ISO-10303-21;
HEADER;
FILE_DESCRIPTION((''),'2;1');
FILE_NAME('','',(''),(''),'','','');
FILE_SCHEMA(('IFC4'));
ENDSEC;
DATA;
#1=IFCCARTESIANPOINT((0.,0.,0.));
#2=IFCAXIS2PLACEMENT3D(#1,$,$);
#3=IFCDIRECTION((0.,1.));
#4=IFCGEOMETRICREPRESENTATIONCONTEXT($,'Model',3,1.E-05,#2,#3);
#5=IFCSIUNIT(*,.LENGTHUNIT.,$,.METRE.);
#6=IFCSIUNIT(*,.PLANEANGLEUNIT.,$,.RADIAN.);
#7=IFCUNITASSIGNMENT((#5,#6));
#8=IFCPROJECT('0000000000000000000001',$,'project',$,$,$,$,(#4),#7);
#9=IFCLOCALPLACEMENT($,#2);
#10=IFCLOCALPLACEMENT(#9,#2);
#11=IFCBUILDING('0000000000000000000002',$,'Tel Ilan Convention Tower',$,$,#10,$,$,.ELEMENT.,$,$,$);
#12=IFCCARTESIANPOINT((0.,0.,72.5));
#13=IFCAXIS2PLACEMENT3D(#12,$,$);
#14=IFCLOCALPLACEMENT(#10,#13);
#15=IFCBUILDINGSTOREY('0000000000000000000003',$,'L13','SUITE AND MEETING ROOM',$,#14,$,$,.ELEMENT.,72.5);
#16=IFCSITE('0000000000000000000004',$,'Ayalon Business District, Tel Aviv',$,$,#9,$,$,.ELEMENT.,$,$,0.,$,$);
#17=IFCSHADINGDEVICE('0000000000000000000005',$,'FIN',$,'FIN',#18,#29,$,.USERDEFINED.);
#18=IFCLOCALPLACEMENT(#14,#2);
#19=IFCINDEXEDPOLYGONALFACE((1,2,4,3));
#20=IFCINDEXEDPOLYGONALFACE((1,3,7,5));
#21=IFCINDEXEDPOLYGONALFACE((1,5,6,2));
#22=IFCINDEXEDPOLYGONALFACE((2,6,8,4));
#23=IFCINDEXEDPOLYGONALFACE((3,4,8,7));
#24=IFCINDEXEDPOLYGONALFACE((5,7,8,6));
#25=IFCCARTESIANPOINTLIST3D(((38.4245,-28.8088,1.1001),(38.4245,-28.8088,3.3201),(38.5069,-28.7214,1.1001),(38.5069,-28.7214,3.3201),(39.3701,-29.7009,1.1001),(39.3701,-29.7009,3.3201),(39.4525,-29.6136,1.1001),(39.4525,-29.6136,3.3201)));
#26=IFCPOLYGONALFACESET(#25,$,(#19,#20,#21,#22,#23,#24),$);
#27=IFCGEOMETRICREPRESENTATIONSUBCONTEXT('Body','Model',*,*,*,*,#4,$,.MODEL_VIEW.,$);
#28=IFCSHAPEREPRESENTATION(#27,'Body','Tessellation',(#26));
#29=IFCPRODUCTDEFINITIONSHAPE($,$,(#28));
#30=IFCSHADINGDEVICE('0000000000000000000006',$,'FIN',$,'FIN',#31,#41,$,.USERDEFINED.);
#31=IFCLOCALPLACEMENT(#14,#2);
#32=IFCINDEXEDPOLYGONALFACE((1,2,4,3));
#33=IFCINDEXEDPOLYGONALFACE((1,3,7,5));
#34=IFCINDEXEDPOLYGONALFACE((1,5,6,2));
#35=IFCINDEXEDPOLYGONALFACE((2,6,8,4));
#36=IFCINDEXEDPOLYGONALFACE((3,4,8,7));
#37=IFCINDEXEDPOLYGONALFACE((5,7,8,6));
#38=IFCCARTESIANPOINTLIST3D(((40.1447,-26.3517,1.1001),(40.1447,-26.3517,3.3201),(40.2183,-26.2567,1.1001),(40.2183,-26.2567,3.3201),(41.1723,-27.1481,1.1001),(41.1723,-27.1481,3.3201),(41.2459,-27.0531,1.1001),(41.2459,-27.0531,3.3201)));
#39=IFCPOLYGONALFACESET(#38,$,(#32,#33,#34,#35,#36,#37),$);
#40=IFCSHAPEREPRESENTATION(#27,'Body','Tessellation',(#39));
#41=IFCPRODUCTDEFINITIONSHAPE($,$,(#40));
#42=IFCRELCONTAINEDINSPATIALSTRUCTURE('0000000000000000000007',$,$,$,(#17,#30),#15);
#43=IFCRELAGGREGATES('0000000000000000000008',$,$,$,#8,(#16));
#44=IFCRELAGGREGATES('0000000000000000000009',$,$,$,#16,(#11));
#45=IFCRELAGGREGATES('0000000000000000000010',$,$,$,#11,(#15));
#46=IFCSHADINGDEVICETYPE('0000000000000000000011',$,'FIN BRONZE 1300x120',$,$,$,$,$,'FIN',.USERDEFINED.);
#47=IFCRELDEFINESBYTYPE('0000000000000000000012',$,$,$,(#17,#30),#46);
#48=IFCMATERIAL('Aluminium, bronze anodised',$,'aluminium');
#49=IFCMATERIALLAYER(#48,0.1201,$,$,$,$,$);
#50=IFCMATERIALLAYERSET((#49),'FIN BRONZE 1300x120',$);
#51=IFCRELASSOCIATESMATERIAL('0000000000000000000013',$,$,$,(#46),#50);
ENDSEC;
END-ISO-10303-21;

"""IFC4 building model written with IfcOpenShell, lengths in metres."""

from ifc_helpers import new_model, si_unit, direction, frame, origin, origin_2d, place, context, subcontext, project, spatial, rectangle, extrude, material, layer, layer_set, type_object, element, save


model = new_model("IFC4")

# Units and contexts
model_context = context("Model", 3, precision=1e-05, world=origin(), true_north=direction((0.0, 1.0)))
body_context = subcontext(model_context, "Body", "Model", "MODEL_VIEW")
ifc_project = project(units=[si_unit("LENGTHUNIT", "METRE"), si_unit("PLANEANGLEUNIT", "RADIAN")], contexts=[model_context])

# Site, building, storey
site_placement = place(None, origin())
site = spatial("IfcSite", under=ifc_project, at=site_placement, Name="Ayalon Business District, Tel Aviv", CompositionType="ELEMENT", RefElevation=0.0)
building_placement = place(site_placement, origin())
building = spatial("IfcBuilding", under=site, at=building_placement, Name="Tel Ilan Convention Tower", CompositionType="ELEMENT")
storey_placement = place(building_placement, frame((0.0, 0.0, 72.5)))
storey = spatial("IfcBuildingStorey", under=building, at=storey_placement, Name="L13", Description="SUITE AND MEETING ROOM", CompositionType="ELEMENT", Elevation=72.5)

# Shading devices
ifc_material_1 = material(Name="Aluminium, bronze anodised", Category="aluminium")
ifc_layer_1 = layer(ifc_material_1, 0.1201)
ifc_layer_set_1 = layer_set([ifc_layer_1], Name="FIN BRONZE 1300x120")
shading_device_type = type_object("IfcShadingDeviceType", Name="FIN BRONZE 1300x120", ElementType="FIN", PredefinedType="USERDEFINED", material=ifc_layer_set_1)
for number, where, z_axis, x_axis, name in (
    (1, (38.9385, -29.2112, 1.1001), (0.0, 0.0, 1.0), (0.727374, -0.686242, 0.0), "FIN"),
    (2, (40.6953, -26.7024, 1.1001), (0.0, 0.0, 1.0), (0.790393, -0.612601, 0.0), "FIN"),
):
    element("IfcShadingDevice", number, at=place(storey_placement, frame(where, z_axis=z_axis, x_axis=x_axis)), inside=storey, type_object=shading_device_type, Name=name, ObjectType="FIN", PredefinedType="USERDEFINED", context=body_context, shape_type="SweptSolid", body=[
        extrude(rectangle(XDim=1.3, YDim=0.1201, at=origin_2d()), origin(), (0.0, 0.0, 1.0), 2.22),
    ])

save(model, "model.ifc")
